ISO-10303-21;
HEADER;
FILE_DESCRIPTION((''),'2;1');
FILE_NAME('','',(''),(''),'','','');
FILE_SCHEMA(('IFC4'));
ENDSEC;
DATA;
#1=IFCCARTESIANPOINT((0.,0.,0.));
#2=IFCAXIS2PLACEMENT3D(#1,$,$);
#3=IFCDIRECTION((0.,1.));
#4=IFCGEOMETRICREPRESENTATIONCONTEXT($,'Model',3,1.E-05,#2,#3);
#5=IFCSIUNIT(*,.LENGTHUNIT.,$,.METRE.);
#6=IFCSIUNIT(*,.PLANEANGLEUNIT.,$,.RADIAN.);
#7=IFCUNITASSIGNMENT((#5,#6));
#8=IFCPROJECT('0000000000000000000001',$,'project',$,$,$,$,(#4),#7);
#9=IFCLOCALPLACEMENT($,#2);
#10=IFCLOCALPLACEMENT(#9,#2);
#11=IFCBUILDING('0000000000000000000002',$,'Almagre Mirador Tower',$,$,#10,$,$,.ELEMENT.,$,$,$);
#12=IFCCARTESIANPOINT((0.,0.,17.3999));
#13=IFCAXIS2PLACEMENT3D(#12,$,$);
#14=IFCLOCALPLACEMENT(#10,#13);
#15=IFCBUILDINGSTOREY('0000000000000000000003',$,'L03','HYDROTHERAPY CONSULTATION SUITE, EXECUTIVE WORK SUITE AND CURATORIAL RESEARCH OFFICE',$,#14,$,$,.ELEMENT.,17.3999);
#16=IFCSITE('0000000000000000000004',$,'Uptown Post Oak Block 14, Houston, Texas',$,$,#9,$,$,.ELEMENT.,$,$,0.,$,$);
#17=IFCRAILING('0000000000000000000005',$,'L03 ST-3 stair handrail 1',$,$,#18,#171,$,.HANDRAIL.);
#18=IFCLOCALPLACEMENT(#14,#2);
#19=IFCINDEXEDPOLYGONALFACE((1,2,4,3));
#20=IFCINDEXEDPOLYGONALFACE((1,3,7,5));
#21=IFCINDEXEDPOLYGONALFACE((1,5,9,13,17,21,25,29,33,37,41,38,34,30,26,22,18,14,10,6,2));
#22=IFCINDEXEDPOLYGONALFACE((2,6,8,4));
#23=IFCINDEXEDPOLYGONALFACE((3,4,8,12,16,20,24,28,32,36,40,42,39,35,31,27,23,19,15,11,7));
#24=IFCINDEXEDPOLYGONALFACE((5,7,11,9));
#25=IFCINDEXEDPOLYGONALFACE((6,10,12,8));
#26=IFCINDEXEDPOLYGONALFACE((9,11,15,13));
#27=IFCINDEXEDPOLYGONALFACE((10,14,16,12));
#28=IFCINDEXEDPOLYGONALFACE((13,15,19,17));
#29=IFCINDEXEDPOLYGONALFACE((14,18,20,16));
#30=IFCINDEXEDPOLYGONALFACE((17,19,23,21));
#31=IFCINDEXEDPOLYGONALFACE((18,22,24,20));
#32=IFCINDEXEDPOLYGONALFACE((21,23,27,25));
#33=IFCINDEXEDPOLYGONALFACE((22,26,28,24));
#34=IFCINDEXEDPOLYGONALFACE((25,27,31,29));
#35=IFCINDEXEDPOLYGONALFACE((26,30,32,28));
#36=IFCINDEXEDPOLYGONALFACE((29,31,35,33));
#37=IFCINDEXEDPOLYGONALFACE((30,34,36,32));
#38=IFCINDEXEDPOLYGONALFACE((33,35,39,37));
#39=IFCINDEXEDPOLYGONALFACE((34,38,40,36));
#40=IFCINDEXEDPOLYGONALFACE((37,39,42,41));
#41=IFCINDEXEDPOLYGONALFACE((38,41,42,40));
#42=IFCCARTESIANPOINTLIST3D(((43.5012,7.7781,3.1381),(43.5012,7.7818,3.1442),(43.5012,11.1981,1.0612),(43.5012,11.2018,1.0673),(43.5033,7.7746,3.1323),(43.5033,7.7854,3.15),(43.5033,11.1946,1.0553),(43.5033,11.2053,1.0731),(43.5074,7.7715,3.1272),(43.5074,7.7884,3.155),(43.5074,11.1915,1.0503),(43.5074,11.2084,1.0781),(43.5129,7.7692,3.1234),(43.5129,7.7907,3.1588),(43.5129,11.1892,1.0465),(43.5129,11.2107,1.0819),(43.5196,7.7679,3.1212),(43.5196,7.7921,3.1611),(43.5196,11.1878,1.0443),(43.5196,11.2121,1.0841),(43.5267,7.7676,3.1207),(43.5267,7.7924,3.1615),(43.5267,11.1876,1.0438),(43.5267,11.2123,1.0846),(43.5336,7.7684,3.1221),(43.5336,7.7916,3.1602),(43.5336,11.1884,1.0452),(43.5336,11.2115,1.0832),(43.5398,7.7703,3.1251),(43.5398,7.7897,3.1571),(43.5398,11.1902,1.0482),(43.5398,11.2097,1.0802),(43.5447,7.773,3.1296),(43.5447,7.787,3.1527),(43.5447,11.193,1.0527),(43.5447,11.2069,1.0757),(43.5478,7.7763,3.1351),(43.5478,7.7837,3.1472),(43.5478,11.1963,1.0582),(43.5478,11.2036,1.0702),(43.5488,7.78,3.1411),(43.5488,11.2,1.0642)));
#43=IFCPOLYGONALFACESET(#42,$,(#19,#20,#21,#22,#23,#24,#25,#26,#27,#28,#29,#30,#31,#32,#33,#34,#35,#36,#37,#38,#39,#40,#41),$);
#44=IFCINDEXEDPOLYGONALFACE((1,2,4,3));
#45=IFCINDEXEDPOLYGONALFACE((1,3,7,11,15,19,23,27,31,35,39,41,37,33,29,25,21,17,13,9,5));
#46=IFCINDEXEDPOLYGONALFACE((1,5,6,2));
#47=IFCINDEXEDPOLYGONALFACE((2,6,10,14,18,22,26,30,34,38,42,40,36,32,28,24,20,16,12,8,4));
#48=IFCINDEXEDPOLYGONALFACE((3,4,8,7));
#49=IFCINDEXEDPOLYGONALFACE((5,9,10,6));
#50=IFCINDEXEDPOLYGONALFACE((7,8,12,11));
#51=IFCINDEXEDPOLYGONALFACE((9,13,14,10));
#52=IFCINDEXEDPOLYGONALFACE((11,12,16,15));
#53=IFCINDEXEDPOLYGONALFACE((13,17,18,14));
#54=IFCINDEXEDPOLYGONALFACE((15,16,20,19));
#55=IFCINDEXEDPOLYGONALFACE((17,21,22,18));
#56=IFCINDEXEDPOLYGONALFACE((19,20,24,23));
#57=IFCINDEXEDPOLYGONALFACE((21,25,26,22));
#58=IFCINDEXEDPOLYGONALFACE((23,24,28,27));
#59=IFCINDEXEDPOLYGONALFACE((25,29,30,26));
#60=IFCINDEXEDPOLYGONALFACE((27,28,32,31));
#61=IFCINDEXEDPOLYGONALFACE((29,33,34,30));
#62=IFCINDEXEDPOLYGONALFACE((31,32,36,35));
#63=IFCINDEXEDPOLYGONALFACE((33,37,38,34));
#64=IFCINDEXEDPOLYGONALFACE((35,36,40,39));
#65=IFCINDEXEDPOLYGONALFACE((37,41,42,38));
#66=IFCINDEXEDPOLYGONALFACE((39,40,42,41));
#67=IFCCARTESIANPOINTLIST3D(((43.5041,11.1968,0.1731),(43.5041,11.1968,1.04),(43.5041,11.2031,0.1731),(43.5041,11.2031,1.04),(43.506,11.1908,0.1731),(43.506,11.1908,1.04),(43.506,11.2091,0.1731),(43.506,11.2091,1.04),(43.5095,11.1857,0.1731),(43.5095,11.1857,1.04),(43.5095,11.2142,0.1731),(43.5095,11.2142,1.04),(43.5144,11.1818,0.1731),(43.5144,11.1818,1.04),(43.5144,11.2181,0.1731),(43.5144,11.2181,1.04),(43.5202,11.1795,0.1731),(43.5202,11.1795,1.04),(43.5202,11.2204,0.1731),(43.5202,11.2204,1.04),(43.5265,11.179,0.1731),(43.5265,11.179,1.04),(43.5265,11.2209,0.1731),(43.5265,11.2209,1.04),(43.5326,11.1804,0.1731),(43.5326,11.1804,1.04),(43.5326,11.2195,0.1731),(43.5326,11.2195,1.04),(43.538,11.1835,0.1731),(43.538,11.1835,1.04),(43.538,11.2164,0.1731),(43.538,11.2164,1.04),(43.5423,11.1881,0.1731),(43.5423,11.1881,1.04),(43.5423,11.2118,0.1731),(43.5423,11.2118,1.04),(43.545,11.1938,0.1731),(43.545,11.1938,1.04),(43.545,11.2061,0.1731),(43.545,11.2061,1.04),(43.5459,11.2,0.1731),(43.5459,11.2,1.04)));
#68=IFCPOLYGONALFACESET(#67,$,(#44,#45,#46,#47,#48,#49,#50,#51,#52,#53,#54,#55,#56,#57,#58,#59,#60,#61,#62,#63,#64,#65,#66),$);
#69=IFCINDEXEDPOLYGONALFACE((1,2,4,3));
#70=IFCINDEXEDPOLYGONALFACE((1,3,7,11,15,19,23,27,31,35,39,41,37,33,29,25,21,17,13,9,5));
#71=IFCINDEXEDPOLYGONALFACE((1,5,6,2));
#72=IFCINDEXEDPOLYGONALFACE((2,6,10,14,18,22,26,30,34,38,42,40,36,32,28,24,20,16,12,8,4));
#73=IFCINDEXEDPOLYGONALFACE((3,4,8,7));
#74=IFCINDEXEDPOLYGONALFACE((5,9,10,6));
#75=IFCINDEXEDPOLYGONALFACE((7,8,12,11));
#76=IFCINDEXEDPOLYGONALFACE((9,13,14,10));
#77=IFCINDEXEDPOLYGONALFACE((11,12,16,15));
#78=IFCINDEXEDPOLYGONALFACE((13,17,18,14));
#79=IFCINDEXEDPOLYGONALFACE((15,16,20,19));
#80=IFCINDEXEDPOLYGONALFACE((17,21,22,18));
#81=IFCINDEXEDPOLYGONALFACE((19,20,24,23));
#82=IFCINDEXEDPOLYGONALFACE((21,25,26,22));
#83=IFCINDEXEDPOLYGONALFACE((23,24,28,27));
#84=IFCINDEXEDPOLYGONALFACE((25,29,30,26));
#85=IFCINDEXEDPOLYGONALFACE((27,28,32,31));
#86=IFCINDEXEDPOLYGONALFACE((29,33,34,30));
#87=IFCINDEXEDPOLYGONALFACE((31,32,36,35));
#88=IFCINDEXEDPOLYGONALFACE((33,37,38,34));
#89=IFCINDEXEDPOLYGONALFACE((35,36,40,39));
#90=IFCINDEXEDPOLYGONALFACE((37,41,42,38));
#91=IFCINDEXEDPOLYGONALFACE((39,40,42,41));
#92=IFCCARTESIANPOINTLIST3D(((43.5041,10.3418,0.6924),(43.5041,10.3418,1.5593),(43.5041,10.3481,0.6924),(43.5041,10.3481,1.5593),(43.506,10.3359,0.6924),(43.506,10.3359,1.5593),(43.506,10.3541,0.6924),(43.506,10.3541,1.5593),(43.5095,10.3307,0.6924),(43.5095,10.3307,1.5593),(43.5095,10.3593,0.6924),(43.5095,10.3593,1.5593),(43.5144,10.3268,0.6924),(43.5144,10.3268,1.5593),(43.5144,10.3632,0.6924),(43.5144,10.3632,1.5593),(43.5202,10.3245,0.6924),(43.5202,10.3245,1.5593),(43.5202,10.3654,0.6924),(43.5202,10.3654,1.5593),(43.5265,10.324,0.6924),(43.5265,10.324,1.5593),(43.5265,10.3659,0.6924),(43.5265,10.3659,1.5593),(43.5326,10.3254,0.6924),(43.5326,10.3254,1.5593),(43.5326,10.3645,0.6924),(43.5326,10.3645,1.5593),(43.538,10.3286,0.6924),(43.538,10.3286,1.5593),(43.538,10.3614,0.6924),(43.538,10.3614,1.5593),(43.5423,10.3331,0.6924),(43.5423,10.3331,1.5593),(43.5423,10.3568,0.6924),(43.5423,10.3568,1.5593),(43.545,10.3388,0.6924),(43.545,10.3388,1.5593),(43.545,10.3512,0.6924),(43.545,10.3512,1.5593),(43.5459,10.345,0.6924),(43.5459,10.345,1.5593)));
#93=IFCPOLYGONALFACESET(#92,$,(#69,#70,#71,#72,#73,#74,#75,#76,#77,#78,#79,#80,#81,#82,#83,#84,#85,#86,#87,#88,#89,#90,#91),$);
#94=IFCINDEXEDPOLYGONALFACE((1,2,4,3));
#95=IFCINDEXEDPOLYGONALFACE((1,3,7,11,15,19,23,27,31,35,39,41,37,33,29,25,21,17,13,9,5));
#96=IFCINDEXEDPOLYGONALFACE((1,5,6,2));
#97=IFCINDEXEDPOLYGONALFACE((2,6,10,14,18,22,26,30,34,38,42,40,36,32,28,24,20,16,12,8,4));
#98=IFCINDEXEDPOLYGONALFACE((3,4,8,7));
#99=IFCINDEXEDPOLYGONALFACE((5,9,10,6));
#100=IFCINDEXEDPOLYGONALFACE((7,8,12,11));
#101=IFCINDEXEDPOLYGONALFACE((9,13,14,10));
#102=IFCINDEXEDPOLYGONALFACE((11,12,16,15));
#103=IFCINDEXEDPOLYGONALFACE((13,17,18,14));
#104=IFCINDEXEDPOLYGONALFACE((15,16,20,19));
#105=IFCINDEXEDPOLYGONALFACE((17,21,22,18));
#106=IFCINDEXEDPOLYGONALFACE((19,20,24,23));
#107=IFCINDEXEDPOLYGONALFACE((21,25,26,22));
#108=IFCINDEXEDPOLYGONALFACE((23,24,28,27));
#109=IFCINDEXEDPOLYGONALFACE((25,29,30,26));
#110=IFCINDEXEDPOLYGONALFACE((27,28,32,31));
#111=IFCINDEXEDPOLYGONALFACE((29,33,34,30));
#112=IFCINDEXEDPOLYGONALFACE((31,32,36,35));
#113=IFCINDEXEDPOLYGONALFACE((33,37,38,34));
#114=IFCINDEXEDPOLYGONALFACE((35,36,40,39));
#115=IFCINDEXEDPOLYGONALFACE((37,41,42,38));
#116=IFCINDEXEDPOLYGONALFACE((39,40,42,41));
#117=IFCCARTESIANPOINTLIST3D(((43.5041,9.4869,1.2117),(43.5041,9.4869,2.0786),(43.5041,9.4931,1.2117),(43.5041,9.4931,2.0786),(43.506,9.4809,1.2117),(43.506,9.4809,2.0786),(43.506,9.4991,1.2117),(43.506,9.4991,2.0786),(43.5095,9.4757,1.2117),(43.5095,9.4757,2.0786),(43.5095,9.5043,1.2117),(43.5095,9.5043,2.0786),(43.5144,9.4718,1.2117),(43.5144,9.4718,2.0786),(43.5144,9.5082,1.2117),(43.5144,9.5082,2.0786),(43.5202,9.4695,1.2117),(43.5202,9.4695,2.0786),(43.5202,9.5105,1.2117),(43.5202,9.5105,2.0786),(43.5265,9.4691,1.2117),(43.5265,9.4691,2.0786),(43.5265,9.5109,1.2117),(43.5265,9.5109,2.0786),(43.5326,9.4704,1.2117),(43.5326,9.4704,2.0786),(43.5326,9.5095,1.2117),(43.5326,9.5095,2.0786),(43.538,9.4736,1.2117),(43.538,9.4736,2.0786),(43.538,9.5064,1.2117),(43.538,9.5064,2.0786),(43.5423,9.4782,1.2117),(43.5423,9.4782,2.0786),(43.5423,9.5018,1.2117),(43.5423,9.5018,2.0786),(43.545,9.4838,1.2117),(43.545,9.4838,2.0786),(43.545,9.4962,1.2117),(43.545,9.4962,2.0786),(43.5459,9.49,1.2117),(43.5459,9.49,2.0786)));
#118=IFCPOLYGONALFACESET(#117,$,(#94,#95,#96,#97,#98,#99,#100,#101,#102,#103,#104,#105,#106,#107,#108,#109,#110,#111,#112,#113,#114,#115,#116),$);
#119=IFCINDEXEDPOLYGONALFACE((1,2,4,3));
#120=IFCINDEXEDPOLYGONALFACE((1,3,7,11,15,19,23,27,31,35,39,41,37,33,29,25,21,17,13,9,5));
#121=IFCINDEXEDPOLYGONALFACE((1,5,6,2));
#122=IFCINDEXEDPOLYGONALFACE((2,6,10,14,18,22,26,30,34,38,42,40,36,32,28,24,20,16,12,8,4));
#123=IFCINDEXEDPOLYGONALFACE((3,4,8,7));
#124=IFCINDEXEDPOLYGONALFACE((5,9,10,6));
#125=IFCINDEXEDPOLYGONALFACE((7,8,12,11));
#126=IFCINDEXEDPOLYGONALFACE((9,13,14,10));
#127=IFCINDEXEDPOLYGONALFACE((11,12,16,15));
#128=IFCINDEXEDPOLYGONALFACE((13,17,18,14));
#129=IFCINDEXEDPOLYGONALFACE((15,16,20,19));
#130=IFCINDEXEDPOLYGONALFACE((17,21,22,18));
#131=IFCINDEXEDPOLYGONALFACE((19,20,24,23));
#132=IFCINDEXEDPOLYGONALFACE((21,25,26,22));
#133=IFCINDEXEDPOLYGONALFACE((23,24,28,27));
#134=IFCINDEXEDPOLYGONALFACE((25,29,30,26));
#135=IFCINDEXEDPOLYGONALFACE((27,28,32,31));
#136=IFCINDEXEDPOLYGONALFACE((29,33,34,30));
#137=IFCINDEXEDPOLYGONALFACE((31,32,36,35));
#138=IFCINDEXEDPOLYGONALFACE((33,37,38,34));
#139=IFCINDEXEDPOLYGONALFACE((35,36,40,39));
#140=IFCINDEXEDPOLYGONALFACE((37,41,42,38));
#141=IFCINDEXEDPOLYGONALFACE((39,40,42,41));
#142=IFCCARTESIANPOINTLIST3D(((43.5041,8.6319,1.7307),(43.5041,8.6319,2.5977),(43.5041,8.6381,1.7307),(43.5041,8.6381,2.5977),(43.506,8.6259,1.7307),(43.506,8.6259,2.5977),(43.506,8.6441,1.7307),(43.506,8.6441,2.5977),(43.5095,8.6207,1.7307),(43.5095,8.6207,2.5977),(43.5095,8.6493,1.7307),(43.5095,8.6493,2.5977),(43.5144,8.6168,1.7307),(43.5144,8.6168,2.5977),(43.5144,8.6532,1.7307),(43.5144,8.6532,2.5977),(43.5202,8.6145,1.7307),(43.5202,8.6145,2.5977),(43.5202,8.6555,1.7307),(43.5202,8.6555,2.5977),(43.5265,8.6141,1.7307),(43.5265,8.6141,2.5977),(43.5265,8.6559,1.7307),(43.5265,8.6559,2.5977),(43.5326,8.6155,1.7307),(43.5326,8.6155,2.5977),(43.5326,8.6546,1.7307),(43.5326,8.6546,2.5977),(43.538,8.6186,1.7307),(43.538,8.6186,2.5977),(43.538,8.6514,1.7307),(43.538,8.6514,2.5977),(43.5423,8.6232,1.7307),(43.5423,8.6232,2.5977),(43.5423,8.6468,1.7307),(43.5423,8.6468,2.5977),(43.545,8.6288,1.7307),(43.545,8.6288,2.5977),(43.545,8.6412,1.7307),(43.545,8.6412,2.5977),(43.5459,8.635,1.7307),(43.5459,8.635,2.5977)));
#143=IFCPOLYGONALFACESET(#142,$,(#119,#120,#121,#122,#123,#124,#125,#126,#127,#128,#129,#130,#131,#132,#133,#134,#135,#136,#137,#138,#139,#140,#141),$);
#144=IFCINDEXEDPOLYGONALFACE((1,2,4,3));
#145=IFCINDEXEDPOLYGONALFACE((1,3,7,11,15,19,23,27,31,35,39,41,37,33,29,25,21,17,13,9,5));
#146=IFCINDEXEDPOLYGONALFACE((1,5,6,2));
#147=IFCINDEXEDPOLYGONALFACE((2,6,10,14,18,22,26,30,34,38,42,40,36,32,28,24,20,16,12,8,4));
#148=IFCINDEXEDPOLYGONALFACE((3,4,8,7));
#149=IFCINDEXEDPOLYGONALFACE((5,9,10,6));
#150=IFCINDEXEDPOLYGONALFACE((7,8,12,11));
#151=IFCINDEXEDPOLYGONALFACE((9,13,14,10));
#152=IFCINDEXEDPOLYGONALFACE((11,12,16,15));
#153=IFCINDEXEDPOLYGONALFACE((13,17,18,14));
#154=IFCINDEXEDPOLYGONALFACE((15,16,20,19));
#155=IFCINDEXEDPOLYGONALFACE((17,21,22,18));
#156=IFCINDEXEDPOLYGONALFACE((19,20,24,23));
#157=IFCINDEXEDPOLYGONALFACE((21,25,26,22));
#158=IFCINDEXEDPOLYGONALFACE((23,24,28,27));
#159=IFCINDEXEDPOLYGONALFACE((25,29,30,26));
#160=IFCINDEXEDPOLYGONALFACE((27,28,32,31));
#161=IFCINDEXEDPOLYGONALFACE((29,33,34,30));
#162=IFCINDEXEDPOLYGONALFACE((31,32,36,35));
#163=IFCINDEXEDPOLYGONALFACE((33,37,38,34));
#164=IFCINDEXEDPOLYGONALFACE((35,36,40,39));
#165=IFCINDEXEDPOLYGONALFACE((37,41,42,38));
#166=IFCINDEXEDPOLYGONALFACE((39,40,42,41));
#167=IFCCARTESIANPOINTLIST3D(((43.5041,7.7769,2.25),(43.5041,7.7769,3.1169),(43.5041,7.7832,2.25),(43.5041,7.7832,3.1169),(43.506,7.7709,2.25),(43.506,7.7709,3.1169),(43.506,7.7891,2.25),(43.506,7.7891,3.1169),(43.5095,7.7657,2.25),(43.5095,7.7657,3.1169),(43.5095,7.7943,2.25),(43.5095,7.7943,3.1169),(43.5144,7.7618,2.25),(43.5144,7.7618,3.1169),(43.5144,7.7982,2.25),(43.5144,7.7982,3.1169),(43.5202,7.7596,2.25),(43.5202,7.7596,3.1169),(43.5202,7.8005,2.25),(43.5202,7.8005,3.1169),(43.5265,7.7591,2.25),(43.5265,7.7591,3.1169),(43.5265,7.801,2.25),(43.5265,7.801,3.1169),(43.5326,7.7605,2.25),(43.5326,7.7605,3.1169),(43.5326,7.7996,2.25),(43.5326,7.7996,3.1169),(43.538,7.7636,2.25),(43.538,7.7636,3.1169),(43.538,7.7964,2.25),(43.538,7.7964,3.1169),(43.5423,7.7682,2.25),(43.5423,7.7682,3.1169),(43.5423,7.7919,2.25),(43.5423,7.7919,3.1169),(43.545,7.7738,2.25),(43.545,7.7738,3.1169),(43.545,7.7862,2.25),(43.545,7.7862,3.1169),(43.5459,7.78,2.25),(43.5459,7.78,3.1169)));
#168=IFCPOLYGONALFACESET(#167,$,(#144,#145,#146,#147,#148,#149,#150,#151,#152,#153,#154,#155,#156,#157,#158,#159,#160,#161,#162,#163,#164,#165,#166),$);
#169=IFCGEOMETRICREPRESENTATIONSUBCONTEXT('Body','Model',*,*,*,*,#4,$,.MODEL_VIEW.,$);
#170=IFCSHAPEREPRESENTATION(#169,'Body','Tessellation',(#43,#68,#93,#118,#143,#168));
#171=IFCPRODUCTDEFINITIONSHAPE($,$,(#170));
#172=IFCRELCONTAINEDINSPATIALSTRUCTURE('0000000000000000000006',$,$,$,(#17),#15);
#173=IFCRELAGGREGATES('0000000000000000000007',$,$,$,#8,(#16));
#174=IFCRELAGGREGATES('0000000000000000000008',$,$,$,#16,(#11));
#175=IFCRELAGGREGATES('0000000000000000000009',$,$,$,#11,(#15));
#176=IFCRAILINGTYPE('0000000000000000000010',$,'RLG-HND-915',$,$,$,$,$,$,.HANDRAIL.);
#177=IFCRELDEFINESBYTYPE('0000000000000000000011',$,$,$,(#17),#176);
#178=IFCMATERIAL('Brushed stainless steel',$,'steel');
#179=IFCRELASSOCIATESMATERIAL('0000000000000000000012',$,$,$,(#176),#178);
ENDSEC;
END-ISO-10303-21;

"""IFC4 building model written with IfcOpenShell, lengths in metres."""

from ifc_helpers import new_model, si_unit, direction, frame, origin, origin_2d, place, context, subcontext, project, spatial, circle, extrude, material, type_object, element, save


model = new_model("IFC4")

# Units and contexts
model_context = context("Model", 3, precision=1e-05, world=origin(), true_north=direction((0.0, 1.0)))
body_context = subcontext(model_context, "Body", "Model", "MODEL_VIEW")
ifc_project = project(units=[si_unit("LENGTHUNIT", "METRE"), si_unit("PLANEANGLEUNIT", "RADIAN")], contexts=[model_context])

# Site, building, storey
site_placement = place(None, origin())
site = spatial("IfcSite", under=ifc_project, at=site_placement, Name="Uptown Post Oak Block 14, Houston, Texas", CompositionType="ELEMENT", RefElevation=0.0)
building_placement = place(site_placement, origin())
building = spatial("IfcBuilding", under=site, at=building_placement, Name="Almagre Mirador Tower", CompositionType="ELEMENT")
storey_placement = place(building_placement, frame((0.0, 0.0, 17.3999)))
storey = spatial("IfcBuildingStorey", under=building, at=storey_placement, Name="L03", Description="HYDROTHERAPY CONSULTATION SUITE, EXECUTIVE WORK SUITE AND CURATORIAL RESEARCH OFFICE", CompositionType="ELEMENT", Elevation=17.3999)

# Railing
ifc_material_1 = material(Name="Brushed stainless steel", Category="steel")
railing_type_1 = type_object("IfcRailingType", Name="RLG-HND-915", PredefinedType="HANDRAIL", material=ifc_material_1)
railing_1_placement = place(storey_placement, frame((43.5249, 11.2, 0.1731)))
element("IfcRailing", 1, at=railing_1_placement, inside=storey, type_object=railing_type_1, Name="L03 ST-3 stair handrail 1", PredefinedType="HANDRAIL", context=body_context, shape_type="SweptSolid", body=[
    extrude(circle(Radius=0.0239, at=origin_2d()), frame((0.0, 0.0, 0.8911), z_axis=(0.0, -0.85473, 0.519074), x_axis=(1.0, 0.0, 0.0)), (0.0, 0.0, 1.0), 4.0012),
    extrude(circle(Radius=0.021, at=origin_2d()), origin(), (0.0, 0.0, 1.0), 0.8669),
    extrude(circle(Radius=0.021, at=origin_2d()), frame((0.0, -0.855, 0.5193)), (0.0, 0.0, 1.0), 0.8669),
    extrude(circle(Radius=0.021, at=origin_2d()), frame((0.0, -1.71, 1.0386)), (0.0, 0.0, 1.0), 0.8669),
    extrude(circle(Radius=0.021, at=origin_2d()), frame((0.0, -2.5649, 1.5576)), (0.0, 0.0, 1.0), 0.8669),
    extrude(circle(Radius=0.021, at=origin_2d()), frame((0.0, -3.4199, 2.0769)), (0.0, 0.0, 1.0), 0.8669),
])

save(model, "model.ifc")
